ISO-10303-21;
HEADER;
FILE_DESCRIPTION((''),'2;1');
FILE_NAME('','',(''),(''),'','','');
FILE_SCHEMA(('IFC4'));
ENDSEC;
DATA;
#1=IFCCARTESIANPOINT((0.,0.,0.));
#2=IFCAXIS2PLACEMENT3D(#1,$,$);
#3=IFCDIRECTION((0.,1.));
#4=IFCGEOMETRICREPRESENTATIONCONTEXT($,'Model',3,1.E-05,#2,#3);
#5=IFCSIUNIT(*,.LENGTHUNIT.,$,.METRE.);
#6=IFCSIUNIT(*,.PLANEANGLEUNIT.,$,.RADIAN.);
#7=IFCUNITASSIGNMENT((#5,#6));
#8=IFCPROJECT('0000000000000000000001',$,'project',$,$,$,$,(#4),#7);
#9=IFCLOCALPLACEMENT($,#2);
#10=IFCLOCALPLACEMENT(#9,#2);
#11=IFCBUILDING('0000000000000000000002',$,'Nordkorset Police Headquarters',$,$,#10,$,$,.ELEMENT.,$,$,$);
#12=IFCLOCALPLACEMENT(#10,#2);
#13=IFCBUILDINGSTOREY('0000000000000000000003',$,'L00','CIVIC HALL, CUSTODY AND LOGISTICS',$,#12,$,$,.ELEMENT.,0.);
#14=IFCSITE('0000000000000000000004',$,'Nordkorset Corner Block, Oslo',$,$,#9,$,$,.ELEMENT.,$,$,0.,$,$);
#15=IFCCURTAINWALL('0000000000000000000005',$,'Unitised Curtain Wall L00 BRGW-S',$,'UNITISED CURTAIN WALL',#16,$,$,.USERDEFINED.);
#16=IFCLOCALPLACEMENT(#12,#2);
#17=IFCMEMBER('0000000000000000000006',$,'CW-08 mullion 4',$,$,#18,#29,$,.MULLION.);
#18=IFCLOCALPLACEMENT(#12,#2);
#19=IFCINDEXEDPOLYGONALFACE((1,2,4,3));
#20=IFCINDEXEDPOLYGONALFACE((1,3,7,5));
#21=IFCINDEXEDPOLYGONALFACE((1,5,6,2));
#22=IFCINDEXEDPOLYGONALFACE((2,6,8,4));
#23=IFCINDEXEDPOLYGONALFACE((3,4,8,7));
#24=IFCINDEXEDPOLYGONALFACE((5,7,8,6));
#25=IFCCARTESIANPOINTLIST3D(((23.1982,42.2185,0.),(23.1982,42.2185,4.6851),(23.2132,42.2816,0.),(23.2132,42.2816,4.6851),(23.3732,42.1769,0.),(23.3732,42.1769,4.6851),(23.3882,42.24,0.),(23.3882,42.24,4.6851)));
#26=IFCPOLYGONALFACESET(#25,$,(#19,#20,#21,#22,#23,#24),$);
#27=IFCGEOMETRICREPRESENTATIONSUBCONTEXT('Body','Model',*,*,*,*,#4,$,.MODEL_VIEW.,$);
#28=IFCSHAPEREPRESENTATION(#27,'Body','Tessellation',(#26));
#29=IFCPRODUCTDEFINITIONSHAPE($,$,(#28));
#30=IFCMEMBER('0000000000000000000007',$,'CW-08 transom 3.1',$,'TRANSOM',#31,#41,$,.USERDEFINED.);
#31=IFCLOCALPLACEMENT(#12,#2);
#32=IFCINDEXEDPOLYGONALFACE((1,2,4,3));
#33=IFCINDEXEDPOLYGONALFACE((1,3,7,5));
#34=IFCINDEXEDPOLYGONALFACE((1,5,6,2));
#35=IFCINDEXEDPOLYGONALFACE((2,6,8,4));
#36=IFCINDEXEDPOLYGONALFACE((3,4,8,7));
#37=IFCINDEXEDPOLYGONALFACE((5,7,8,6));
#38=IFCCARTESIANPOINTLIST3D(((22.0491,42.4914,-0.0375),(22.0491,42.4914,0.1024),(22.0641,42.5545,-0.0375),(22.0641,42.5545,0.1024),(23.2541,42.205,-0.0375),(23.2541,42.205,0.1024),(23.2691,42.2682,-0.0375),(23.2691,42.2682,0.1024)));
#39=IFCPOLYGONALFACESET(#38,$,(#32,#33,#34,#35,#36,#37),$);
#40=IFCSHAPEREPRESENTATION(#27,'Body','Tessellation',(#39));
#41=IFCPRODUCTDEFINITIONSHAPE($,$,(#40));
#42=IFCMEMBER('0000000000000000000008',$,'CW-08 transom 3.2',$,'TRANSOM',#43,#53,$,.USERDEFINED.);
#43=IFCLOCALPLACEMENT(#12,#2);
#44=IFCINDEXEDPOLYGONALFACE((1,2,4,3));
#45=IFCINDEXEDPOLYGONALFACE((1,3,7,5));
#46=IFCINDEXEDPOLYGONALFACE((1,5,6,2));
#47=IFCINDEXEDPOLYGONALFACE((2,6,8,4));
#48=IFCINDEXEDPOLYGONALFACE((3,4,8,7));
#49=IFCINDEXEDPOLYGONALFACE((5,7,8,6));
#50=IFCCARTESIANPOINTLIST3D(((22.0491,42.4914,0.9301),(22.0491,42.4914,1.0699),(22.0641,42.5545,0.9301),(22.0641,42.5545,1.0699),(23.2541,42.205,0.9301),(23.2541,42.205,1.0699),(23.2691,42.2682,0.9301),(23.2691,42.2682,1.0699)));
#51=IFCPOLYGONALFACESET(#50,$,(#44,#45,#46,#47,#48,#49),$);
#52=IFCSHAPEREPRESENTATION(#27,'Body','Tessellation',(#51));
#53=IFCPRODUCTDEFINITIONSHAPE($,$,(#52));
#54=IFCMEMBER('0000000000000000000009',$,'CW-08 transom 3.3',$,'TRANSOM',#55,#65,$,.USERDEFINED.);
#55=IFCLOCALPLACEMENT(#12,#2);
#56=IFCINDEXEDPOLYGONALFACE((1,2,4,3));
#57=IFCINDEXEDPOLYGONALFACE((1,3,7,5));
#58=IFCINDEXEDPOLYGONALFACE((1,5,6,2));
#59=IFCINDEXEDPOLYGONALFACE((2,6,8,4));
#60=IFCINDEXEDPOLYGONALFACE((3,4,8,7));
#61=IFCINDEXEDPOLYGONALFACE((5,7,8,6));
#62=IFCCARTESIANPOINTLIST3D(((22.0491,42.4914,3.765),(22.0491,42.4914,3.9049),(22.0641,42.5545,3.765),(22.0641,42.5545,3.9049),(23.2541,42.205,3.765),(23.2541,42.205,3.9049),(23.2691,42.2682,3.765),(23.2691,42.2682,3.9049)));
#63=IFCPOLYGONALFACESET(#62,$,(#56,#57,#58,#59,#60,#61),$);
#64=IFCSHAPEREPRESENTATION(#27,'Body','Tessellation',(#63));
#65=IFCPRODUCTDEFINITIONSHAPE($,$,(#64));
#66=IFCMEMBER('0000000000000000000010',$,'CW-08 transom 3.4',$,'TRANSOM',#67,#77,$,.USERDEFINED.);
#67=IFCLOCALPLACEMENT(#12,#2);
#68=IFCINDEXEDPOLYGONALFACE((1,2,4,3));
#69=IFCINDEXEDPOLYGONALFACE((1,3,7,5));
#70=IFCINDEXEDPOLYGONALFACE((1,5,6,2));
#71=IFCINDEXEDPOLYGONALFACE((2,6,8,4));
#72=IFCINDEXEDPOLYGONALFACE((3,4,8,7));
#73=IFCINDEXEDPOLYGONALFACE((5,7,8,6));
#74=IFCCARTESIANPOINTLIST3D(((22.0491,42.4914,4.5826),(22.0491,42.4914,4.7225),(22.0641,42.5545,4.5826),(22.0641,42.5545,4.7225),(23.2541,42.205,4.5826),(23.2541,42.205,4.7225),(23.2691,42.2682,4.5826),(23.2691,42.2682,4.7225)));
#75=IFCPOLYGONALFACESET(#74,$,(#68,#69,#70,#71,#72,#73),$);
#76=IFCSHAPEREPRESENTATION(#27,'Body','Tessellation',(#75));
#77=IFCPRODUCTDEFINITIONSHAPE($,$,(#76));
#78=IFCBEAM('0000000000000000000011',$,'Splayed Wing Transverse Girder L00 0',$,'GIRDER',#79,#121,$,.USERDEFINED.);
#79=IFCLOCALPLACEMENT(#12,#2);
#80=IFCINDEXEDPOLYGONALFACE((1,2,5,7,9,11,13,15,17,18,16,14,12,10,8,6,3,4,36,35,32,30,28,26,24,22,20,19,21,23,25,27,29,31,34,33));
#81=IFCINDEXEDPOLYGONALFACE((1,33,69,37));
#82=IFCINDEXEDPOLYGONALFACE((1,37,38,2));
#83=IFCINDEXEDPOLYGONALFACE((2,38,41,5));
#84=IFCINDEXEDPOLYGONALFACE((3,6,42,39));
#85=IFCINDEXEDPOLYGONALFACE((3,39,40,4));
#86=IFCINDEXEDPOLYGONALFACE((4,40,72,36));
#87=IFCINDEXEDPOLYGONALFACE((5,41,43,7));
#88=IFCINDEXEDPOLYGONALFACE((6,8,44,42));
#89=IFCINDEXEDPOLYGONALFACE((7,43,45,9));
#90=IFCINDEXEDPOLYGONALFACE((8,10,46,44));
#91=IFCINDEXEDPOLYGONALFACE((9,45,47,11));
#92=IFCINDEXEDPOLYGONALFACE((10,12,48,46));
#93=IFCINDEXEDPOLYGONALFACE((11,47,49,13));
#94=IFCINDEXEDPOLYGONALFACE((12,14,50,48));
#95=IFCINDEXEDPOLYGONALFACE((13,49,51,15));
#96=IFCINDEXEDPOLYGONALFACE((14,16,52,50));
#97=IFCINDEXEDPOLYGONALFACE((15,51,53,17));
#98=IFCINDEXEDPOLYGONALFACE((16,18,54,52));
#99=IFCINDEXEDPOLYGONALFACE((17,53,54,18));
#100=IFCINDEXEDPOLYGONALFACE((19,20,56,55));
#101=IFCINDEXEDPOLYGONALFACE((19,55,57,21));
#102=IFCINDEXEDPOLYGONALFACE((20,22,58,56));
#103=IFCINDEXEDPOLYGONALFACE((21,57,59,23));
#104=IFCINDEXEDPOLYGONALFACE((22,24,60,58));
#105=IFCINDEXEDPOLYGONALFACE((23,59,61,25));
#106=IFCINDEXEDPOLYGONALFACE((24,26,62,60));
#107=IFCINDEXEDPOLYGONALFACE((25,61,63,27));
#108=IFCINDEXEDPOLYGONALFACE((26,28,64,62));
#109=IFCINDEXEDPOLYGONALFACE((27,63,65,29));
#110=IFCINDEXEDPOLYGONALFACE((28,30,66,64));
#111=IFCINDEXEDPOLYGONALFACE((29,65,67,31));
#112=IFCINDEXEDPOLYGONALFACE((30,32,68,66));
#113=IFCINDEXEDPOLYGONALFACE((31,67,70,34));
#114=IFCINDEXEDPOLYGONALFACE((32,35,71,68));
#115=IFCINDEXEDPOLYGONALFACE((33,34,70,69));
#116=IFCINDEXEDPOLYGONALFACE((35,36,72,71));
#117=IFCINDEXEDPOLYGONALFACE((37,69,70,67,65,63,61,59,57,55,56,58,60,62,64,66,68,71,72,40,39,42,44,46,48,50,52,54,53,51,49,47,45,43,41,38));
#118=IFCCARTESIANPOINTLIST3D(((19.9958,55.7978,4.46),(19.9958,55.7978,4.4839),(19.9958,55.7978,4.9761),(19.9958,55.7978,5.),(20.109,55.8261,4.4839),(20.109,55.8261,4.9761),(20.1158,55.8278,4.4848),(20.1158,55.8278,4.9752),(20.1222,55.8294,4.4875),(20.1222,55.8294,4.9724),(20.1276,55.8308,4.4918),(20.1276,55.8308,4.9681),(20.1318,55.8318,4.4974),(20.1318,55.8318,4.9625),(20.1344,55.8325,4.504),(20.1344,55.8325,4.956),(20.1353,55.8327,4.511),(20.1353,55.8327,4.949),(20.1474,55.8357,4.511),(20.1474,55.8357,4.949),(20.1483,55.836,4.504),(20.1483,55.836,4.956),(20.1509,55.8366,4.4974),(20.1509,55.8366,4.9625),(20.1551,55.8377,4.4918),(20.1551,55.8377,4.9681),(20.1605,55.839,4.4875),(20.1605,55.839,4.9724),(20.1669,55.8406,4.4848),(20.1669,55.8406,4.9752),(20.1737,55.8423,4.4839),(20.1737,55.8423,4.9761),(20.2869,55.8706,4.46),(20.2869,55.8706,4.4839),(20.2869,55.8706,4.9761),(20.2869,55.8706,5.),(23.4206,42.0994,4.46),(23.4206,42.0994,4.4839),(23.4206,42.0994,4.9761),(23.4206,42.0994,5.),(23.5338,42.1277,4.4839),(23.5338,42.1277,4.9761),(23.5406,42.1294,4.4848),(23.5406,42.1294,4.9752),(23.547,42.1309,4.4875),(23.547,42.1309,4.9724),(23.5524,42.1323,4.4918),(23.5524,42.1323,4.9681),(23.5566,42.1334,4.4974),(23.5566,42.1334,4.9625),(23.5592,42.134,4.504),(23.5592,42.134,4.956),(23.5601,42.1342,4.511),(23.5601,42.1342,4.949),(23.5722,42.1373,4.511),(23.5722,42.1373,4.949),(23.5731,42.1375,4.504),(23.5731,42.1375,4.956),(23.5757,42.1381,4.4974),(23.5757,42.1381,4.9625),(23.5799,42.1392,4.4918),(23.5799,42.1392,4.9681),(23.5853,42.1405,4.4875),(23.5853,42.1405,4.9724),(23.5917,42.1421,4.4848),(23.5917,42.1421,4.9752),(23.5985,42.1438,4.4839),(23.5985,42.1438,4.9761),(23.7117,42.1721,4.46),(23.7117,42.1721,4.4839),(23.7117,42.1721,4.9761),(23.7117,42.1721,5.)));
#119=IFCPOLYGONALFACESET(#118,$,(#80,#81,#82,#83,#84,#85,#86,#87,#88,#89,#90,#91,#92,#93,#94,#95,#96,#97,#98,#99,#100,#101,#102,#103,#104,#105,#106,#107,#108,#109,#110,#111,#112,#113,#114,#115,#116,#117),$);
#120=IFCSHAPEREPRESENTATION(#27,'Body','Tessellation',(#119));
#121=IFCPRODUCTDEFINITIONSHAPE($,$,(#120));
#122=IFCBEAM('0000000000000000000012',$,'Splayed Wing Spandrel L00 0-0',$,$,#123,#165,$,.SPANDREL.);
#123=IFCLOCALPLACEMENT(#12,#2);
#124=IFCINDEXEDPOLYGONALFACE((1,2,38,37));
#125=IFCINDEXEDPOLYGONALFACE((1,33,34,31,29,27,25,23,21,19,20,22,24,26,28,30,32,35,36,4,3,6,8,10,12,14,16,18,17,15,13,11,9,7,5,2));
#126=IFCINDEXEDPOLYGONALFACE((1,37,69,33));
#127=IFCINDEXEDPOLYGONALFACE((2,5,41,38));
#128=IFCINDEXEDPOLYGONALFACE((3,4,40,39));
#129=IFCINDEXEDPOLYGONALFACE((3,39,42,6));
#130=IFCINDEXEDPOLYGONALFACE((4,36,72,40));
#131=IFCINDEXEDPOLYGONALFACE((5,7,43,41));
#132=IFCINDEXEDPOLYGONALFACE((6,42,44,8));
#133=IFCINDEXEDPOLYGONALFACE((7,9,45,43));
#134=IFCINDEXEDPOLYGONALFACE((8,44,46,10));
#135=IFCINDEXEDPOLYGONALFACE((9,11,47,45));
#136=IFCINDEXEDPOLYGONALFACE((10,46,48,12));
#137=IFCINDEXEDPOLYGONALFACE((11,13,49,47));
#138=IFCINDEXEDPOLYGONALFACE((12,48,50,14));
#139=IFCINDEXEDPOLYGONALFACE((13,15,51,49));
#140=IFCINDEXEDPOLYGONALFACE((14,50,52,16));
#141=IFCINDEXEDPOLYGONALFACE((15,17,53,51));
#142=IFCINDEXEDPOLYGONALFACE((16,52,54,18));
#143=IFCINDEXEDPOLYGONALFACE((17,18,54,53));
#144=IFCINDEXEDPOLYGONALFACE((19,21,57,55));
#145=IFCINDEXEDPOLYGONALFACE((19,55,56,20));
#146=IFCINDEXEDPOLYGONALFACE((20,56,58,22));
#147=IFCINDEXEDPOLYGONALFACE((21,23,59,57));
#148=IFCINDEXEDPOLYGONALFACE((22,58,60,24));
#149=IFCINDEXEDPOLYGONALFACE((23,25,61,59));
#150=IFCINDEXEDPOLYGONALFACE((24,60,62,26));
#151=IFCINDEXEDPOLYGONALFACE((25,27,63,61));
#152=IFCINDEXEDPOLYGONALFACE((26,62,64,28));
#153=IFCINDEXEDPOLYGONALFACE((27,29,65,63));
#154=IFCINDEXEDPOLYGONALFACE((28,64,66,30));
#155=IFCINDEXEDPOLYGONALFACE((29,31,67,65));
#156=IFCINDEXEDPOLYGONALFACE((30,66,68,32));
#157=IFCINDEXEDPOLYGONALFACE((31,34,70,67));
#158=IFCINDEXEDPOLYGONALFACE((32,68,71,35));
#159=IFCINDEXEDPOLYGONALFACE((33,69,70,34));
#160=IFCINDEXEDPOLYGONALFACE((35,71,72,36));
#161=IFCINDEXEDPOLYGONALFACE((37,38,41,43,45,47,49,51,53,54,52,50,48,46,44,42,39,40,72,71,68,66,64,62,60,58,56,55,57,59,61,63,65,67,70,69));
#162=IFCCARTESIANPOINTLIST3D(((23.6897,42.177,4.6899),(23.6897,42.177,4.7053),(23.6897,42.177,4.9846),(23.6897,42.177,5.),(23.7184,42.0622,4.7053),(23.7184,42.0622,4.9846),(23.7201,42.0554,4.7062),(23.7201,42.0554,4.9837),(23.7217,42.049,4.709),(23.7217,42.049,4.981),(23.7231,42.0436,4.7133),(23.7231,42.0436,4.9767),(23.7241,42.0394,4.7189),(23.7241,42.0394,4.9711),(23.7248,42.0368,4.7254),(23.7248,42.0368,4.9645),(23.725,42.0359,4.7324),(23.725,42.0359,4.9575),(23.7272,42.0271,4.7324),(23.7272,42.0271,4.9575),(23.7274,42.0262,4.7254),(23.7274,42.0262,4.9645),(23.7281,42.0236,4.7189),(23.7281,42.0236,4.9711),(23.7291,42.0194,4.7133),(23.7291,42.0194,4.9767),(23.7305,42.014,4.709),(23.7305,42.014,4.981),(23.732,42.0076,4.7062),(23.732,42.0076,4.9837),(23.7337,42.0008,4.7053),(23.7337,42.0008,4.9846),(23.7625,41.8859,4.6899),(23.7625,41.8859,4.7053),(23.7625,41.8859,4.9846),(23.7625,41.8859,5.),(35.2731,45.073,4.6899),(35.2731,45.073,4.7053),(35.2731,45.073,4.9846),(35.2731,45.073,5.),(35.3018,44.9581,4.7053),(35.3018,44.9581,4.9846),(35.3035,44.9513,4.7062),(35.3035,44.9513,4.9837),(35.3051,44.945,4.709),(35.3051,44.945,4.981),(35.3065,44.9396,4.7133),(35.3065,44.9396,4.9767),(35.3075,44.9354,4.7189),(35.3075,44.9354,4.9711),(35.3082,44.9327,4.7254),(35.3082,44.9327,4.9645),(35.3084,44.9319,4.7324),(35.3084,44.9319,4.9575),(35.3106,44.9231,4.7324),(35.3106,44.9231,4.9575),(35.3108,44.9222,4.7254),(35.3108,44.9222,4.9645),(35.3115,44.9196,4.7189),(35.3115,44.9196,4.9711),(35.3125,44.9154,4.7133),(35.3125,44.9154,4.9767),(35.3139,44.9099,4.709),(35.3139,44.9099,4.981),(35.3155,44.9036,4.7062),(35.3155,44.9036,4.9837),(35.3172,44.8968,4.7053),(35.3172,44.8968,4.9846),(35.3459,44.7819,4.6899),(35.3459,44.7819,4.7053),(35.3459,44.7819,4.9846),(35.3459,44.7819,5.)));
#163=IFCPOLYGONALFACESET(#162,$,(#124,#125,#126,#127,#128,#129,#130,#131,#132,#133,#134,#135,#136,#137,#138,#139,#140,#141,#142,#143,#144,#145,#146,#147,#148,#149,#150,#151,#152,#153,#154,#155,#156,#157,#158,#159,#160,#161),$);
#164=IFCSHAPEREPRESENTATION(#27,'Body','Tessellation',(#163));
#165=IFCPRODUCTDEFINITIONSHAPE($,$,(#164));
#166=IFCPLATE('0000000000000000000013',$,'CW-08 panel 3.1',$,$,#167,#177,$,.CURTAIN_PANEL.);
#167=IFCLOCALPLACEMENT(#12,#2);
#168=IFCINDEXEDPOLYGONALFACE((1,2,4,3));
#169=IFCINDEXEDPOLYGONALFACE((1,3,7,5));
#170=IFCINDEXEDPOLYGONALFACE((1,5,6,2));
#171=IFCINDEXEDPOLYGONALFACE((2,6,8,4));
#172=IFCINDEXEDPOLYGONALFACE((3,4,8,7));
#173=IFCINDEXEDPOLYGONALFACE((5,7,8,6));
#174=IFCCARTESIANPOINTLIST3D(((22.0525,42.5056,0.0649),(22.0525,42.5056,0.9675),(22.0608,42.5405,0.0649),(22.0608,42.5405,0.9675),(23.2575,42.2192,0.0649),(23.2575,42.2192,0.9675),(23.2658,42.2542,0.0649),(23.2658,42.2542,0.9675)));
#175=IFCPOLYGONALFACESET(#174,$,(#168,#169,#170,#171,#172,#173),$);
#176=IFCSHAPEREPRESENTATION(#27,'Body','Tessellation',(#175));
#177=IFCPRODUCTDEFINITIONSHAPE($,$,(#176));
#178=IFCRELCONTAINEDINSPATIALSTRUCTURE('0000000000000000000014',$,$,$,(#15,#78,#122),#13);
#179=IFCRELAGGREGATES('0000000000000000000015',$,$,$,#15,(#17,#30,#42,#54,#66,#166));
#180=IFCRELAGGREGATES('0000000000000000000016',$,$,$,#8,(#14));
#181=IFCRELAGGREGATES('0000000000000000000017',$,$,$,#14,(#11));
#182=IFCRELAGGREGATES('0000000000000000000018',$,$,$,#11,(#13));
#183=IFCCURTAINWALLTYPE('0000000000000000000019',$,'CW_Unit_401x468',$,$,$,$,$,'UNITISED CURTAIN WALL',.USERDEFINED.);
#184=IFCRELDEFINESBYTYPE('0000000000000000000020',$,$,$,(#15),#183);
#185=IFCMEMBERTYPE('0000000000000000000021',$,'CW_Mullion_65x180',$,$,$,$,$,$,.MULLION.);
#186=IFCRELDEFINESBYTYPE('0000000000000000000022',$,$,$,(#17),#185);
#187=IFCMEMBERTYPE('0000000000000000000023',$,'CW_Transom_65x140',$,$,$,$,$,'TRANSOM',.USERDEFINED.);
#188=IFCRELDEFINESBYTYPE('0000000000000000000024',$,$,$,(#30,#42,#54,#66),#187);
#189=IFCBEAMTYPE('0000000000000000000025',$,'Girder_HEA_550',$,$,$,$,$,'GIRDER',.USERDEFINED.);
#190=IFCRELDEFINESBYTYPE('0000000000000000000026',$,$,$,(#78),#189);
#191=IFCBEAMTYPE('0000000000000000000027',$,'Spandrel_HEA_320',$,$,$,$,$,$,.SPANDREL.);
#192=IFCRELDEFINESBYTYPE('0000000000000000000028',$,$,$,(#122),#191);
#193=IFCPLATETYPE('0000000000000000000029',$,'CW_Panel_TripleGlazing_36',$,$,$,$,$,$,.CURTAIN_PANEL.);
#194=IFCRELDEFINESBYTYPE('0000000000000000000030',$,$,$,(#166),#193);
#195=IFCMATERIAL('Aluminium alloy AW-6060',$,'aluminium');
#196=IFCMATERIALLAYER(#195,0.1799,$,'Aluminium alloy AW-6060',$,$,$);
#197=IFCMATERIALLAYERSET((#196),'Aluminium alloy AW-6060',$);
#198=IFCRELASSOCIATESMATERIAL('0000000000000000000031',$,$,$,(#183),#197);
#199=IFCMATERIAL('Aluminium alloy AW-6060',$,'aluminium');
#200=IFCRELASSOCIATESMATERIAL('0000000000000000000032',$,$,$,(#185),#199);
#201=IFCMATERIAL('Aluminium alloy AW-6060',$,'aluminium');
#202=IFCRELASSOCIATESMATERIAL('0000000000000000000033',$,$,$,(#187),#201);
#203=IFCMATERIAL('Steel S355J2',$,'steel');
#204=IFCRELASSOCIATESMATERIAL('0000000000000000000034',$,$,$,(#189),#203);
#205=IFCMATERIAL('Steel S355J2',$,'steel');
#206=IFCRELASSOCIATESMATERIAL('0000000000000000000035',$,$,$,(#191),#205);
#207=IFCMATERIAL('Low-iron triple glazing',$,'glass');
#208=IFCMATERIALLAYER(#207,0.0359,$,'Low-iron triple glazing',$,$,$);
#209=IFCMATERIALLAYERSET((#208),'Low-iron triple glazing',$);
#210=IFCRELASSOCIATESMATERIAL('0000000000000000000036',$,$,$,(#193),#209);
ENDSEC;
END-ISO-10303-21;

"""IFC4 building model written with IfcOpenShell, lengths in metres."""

from ifc_helpers import new_model, si_unit, direction, frame, origin, origin_2d, place, context, subcontext, project, spatial, rectangle, i_section, extrude, material, layer, layer_set, material_profile, profile_set, type_object, element, aggregate, save


model = new_model("IFC4")

# Units and contexts
model_context = context("Model", 3, precision=1e-05, world=origin(), true_north=direction((0.0, 1.0)))
body_context = subcontext(model_context, "Body", "Model", "MODEL_VIEW")
ifc_project = project(units=[si_unit("LENGTHUNIT", "METRE"), si_unit("PLANEANGLEUNIT", "RADIAN")], contexts=[model_context])

# Site, building, storey
site_placement = place(None, origin())
site = spatial("IfcSite", under=ifc_project, at=site_placement, Name="Nordkorset Corner Block, Oslo", CompositionType="ELEMENT", RefElevation=0.0)
building_placement = place(site_placement, origin())
building = spatial("IfcBuilding", under=site, at=building_placement, Name="Nordkorset Police Headquarters", CompositionType="ELEMENT")
storey_placement = place(building_placement, origin())
storey = spatial("IfcBuildingStorey", under=building, at=storey_placement, Name="L00", Description="CIVIC HALL, CUSTODY AND LOGISTICS", CompositionType="ELEMENT", Elevation=0.0)

# Curtain wall, members
ifc_material_1 = material(Name="Aluminium alloy AW-6060", Category="aluminium")
ifc_layer_1 = layer(ifc_material_1, 0.1799, Name="Aluminium alloy AW-6060")
ifc_layer_set_1 = layer_set([ifc_layer_1], Name="Aluminium alloy AW-6060")
curtain_wall_type = type_object("IfcCurtainWallType", Name="CW_Unit_401x468", ElementType="UNITISED CURTAIN WALL", PredefinedType="USERDEFINED", material=ifc_layer_set_1)
curtain_wall_placement = place(storey_placement, origin())
curtain_wall = element("IfcCurtainWall", 1, at=curtain_wall_placement, inside=storey, type_object=curtain_wall_type, Name="Unitised Curtain Wall L00 BRGW-S", ObjectType="UNITISED CURTAIN WALL", PredefinedType="USERDEFINED")
ifc_material_2 = material(Name="Aluminium alloy AW-6060", Category="aluminium")
ifc_material_profile_1 = material_profile(ifc_material_2, rectangle(XDim=0.0649, YDim=0.1799, at=origin_2d()), Name="ALU MULL 65x180")
ifc_profile_set_1 = profile_set([ifc_material_profile_1], Name="Aluminium alloy AW-6060")
member_type_1 = type_object("IfcMemberType", Name="CW_Mullion_65x180", PredefinedType="MULLION", material=ifc_profile_set_1)
member_1_placement = place(storey_placement, frame((23.2932, 42.2292, 0.0), z_axis=(0.0, 0.0, 1.0), x_axis=(0.231206, 0.972905, 0.0)))
member_1 = element("IfcMember", 2, at=member_1_placement, type_object=member_type_1, Name="CW-08 mullion 4", PredefinedType="MULLION", context=body_context, shape_type="SweptSolid", body=[
    extrude(rectangle(XDim=0.0649, YDim=0.1799, at=origin_2d()), origin(), (0.0, 0.0, 1.0), 4.6851),
])
ifc_material_3 = material(Name="Aluminium alloy AW-6060", Category="aluminium")
ifc_material_profile_2 = material_profile(ifc_material_3, rectangle(XDim=0.0649, YDim=0.1399, at=origin_2d()), Name="ALU TRAN 65x140")
ifc_profile_set_2 = profile_set([ifc_material_profile_2], Name="Aluminium alloy AW-6060")
member_type_2 = type_object("IfcMemberType", Name="CW_Transom_65x140", ElementType="TRANSOM", PredefinedType="USERDEFINED", material=ifc_profile_set_2)
member_2_placement = place(storey_placement, frame((22.0566, 42.5229, 0.0325), z_axis=(0.972906, -0.231203, 0.0), x_axis=(0.231203, 0.972906, 0.0)))
member_2 = element("IfcMember", 3, at=member_2_placement, type_object=member_type_2, Name="CW-08 transom 3.1", ObjectType="TRANSOM", PredefinedType="USERDEFINED", context=body_context, shape_type="SweptSolid", body=[
    extrude(rectangle(XDim=0.0649, YDim=0.1399, at=origin_2d()), origin(), (0.0, 0.0, 1.0), 1.2385),
])
member_3_placement = place(storey_placement, frame((22.0566, 42.5229, 1.0), z_axis=(0.972906, -0.231203, 0.0), x_axis=(0.231203, 0.972906, 0.0)))
member_3 = element("IfcMember", 4, at=member_3_placement, type_object=member_type_2, Name="CW-08 transom 3.2", ObjectType="TRANSOM", PredefinedType="USERDEFINED", context=body_context, shape_type="SweptSolid", body=[
    extrude(rectangle(XDim=0.0649, YDim=0.1399, at=origin_2d()), origin(), (0.0, 0.0, 1.0), 1.2385),
])
member_4_placement = place(storey_placement, frame((22.0566, 42.5229, 3.835), z_axis=(0.972906, -0.231203, 0.0), x_axis=(0.231203, 0.972906, 0.0)))
member_4 = element("IfcMember", 5, at=member_4_placement, type_object=member_type_2, Name="CW-08 transom 3.3", ObjectType="TRANSOM", PredefinedType="USERDEFINED", context=body_context, shape_type="SweptSolid", body=[
    extrude(rectangle(XDim=0.0649, YDim=0.1399, at=origin_2d()), origin(), (0.0, 0.0, 1.0), 1.2385),
])
member_5_placement = place(storey_placement, frame((22.0566, 42.5229, 4.6526), z_axis=(0.972906, -0.231203, 0.0), x_axis=(0.231203, 0.972906, 0.0)))
member_5 = element("IfcMember", 6, at=member_5_placement, type_object=member_type_2, Name="CW-08 transom 3.4", ObjectType="TRANSOM", PredefinedType="USERDEFINED", context=body_context, shape_type="SweptSolid", body=[
    extrude(rectangle(XDim=0.0649, YDim=0.1399, at=origin_2d()), origin(), (0.0, 0.0, 1.0), 1.2385),
])

# Beams
ifc_material_4 = material(Name="Steel S355J2", Category="steel")
ifc_material_profile_3 = material_profile(ifc_material_4, i_section(OverallWidth=0.3, OverallDepth=0.54, WebThickness=0.0125, FlangeThickness=0.0239, FilletRadius=0.0271, at=origin_2d()), Name="HEA 550")
ifc_profile_set_3 = profile_set([ifc_material_profile_3], Name="Steel S355J2")
beam_type_1 = type_object("IfcBeamType", Name="Girder_HEA_550", ElementType="GIRDER", PredefinedType="USERDEFINED", material=ifc_profile_set_3)
beam_1_placement = place(storey_placement, frame((23.5662, 42.1357, 4.73), z_axis=(-0.242548, 0.970139, 0.0), x_axis=(-0.970139, -0.242548, 0.0)))
element("IfcBeam", 7, at=beam_1_placement, inside=storey, type_object=beam_type_1, Name="Splayed Wing Transverse Girder L00 0", ObjectType="GIRDER", PredefinedType="USERDEFINED", context=body_context, shape_type="SweptSolid", body=[
    extrude(i_section(OverallWidth=0.3, OverallDepth=0.54, WebThickness=0.0125, FlangeThickness=0.0239, FilletRadius=0.0271, at=origin_2d()), origin(), (0.0, 0.0, 1.0), 14.1201),
])
ifc_material_5 = material(Name="Steel S355J2", Category="steel")
ifc_material_profile_4 = material_profile(ifc_material_5, i_section(OverallWidth=0.3, OverallDepth=0.3101, WebThickness=0.009, FlangeThickness=0.0154, FilletRadius=0.0271, at=origin_2d()), Name="HEA 320")
ifc_profile_set_4 = profile_set([ifc_material_profile_4], Name="Steel S355J2")
beam_type_2 = type_object("IfcBeamType", Name="Spandrel_HEA_320", PredefinedType="SPANDREL", material=ifc_profile_set_4)
beam_2_placement = place(storey_placement, frame((23.7261, 42.0315, 4.845), z_axis=(0.97014, 0.242545, 0.0), x_axis=(-0.242545, 0.97014, 0.0)))
element("IfcBeam", 8, at=beam_2_placement, inside=storey, type_object=beam_type_2, Name="Splayed Wing Spandrel L00 0-0", PredefinedType="SPANDREL", context=body_context, shape_type="SweptSolid", body=[
    extrude(i_section(OverallWidth=0.3, OverallDepth=0.3101, WebThickness=0.009, FlangeThickness=0.0154, FilletRadius=0.0271, at=origin_2d()), origin(), (0.0, 0.0, 1.0), 11.9399),
])

# Plate
ifc_material_6 = material(Name="Low-iron triple glazing", Category="glass")
ifc_layer_2 = layer(ifc_material_6, 0.0359, Name="Low-iron triple glazing")
ifc_layer_set_2 = layer_set([ifc_layer_2], Name="Low-iron triple glazing")
plate_type_1 = type_object("IfcPlateType", Name="CW_Panel_TripleGlazing_36", PredefinedType="CURTAIN_PANEL", material=ifc_layer_set_2)
plate_1_placement = place(storey_placement, frame((22.6592, 42.3799, 0.0649), z_axis=(0.0, 0.0, 1.0), x_axis=(0.972905, -0.231206, 0.0)))
plate_1 = element("IfcPlate", 9, at=plate_1_placement, type_object=plate_type_1, Name="CW-08 panel 3.1", PredefinedType="CURTAIN_PANEL", context=body_context, shape_type="SweptSolid", body=[
    extrude(rectangle(XDim=1.2385, YDim=0.0359, at=origin_2d()), origin(), (0.0, 0.0, 1.0), 0.9026),
])
aggregate(curtain_wall, [member_1, member_2, member_3, member_4, member_5, plate_1])

save(model, "model.ifc")
